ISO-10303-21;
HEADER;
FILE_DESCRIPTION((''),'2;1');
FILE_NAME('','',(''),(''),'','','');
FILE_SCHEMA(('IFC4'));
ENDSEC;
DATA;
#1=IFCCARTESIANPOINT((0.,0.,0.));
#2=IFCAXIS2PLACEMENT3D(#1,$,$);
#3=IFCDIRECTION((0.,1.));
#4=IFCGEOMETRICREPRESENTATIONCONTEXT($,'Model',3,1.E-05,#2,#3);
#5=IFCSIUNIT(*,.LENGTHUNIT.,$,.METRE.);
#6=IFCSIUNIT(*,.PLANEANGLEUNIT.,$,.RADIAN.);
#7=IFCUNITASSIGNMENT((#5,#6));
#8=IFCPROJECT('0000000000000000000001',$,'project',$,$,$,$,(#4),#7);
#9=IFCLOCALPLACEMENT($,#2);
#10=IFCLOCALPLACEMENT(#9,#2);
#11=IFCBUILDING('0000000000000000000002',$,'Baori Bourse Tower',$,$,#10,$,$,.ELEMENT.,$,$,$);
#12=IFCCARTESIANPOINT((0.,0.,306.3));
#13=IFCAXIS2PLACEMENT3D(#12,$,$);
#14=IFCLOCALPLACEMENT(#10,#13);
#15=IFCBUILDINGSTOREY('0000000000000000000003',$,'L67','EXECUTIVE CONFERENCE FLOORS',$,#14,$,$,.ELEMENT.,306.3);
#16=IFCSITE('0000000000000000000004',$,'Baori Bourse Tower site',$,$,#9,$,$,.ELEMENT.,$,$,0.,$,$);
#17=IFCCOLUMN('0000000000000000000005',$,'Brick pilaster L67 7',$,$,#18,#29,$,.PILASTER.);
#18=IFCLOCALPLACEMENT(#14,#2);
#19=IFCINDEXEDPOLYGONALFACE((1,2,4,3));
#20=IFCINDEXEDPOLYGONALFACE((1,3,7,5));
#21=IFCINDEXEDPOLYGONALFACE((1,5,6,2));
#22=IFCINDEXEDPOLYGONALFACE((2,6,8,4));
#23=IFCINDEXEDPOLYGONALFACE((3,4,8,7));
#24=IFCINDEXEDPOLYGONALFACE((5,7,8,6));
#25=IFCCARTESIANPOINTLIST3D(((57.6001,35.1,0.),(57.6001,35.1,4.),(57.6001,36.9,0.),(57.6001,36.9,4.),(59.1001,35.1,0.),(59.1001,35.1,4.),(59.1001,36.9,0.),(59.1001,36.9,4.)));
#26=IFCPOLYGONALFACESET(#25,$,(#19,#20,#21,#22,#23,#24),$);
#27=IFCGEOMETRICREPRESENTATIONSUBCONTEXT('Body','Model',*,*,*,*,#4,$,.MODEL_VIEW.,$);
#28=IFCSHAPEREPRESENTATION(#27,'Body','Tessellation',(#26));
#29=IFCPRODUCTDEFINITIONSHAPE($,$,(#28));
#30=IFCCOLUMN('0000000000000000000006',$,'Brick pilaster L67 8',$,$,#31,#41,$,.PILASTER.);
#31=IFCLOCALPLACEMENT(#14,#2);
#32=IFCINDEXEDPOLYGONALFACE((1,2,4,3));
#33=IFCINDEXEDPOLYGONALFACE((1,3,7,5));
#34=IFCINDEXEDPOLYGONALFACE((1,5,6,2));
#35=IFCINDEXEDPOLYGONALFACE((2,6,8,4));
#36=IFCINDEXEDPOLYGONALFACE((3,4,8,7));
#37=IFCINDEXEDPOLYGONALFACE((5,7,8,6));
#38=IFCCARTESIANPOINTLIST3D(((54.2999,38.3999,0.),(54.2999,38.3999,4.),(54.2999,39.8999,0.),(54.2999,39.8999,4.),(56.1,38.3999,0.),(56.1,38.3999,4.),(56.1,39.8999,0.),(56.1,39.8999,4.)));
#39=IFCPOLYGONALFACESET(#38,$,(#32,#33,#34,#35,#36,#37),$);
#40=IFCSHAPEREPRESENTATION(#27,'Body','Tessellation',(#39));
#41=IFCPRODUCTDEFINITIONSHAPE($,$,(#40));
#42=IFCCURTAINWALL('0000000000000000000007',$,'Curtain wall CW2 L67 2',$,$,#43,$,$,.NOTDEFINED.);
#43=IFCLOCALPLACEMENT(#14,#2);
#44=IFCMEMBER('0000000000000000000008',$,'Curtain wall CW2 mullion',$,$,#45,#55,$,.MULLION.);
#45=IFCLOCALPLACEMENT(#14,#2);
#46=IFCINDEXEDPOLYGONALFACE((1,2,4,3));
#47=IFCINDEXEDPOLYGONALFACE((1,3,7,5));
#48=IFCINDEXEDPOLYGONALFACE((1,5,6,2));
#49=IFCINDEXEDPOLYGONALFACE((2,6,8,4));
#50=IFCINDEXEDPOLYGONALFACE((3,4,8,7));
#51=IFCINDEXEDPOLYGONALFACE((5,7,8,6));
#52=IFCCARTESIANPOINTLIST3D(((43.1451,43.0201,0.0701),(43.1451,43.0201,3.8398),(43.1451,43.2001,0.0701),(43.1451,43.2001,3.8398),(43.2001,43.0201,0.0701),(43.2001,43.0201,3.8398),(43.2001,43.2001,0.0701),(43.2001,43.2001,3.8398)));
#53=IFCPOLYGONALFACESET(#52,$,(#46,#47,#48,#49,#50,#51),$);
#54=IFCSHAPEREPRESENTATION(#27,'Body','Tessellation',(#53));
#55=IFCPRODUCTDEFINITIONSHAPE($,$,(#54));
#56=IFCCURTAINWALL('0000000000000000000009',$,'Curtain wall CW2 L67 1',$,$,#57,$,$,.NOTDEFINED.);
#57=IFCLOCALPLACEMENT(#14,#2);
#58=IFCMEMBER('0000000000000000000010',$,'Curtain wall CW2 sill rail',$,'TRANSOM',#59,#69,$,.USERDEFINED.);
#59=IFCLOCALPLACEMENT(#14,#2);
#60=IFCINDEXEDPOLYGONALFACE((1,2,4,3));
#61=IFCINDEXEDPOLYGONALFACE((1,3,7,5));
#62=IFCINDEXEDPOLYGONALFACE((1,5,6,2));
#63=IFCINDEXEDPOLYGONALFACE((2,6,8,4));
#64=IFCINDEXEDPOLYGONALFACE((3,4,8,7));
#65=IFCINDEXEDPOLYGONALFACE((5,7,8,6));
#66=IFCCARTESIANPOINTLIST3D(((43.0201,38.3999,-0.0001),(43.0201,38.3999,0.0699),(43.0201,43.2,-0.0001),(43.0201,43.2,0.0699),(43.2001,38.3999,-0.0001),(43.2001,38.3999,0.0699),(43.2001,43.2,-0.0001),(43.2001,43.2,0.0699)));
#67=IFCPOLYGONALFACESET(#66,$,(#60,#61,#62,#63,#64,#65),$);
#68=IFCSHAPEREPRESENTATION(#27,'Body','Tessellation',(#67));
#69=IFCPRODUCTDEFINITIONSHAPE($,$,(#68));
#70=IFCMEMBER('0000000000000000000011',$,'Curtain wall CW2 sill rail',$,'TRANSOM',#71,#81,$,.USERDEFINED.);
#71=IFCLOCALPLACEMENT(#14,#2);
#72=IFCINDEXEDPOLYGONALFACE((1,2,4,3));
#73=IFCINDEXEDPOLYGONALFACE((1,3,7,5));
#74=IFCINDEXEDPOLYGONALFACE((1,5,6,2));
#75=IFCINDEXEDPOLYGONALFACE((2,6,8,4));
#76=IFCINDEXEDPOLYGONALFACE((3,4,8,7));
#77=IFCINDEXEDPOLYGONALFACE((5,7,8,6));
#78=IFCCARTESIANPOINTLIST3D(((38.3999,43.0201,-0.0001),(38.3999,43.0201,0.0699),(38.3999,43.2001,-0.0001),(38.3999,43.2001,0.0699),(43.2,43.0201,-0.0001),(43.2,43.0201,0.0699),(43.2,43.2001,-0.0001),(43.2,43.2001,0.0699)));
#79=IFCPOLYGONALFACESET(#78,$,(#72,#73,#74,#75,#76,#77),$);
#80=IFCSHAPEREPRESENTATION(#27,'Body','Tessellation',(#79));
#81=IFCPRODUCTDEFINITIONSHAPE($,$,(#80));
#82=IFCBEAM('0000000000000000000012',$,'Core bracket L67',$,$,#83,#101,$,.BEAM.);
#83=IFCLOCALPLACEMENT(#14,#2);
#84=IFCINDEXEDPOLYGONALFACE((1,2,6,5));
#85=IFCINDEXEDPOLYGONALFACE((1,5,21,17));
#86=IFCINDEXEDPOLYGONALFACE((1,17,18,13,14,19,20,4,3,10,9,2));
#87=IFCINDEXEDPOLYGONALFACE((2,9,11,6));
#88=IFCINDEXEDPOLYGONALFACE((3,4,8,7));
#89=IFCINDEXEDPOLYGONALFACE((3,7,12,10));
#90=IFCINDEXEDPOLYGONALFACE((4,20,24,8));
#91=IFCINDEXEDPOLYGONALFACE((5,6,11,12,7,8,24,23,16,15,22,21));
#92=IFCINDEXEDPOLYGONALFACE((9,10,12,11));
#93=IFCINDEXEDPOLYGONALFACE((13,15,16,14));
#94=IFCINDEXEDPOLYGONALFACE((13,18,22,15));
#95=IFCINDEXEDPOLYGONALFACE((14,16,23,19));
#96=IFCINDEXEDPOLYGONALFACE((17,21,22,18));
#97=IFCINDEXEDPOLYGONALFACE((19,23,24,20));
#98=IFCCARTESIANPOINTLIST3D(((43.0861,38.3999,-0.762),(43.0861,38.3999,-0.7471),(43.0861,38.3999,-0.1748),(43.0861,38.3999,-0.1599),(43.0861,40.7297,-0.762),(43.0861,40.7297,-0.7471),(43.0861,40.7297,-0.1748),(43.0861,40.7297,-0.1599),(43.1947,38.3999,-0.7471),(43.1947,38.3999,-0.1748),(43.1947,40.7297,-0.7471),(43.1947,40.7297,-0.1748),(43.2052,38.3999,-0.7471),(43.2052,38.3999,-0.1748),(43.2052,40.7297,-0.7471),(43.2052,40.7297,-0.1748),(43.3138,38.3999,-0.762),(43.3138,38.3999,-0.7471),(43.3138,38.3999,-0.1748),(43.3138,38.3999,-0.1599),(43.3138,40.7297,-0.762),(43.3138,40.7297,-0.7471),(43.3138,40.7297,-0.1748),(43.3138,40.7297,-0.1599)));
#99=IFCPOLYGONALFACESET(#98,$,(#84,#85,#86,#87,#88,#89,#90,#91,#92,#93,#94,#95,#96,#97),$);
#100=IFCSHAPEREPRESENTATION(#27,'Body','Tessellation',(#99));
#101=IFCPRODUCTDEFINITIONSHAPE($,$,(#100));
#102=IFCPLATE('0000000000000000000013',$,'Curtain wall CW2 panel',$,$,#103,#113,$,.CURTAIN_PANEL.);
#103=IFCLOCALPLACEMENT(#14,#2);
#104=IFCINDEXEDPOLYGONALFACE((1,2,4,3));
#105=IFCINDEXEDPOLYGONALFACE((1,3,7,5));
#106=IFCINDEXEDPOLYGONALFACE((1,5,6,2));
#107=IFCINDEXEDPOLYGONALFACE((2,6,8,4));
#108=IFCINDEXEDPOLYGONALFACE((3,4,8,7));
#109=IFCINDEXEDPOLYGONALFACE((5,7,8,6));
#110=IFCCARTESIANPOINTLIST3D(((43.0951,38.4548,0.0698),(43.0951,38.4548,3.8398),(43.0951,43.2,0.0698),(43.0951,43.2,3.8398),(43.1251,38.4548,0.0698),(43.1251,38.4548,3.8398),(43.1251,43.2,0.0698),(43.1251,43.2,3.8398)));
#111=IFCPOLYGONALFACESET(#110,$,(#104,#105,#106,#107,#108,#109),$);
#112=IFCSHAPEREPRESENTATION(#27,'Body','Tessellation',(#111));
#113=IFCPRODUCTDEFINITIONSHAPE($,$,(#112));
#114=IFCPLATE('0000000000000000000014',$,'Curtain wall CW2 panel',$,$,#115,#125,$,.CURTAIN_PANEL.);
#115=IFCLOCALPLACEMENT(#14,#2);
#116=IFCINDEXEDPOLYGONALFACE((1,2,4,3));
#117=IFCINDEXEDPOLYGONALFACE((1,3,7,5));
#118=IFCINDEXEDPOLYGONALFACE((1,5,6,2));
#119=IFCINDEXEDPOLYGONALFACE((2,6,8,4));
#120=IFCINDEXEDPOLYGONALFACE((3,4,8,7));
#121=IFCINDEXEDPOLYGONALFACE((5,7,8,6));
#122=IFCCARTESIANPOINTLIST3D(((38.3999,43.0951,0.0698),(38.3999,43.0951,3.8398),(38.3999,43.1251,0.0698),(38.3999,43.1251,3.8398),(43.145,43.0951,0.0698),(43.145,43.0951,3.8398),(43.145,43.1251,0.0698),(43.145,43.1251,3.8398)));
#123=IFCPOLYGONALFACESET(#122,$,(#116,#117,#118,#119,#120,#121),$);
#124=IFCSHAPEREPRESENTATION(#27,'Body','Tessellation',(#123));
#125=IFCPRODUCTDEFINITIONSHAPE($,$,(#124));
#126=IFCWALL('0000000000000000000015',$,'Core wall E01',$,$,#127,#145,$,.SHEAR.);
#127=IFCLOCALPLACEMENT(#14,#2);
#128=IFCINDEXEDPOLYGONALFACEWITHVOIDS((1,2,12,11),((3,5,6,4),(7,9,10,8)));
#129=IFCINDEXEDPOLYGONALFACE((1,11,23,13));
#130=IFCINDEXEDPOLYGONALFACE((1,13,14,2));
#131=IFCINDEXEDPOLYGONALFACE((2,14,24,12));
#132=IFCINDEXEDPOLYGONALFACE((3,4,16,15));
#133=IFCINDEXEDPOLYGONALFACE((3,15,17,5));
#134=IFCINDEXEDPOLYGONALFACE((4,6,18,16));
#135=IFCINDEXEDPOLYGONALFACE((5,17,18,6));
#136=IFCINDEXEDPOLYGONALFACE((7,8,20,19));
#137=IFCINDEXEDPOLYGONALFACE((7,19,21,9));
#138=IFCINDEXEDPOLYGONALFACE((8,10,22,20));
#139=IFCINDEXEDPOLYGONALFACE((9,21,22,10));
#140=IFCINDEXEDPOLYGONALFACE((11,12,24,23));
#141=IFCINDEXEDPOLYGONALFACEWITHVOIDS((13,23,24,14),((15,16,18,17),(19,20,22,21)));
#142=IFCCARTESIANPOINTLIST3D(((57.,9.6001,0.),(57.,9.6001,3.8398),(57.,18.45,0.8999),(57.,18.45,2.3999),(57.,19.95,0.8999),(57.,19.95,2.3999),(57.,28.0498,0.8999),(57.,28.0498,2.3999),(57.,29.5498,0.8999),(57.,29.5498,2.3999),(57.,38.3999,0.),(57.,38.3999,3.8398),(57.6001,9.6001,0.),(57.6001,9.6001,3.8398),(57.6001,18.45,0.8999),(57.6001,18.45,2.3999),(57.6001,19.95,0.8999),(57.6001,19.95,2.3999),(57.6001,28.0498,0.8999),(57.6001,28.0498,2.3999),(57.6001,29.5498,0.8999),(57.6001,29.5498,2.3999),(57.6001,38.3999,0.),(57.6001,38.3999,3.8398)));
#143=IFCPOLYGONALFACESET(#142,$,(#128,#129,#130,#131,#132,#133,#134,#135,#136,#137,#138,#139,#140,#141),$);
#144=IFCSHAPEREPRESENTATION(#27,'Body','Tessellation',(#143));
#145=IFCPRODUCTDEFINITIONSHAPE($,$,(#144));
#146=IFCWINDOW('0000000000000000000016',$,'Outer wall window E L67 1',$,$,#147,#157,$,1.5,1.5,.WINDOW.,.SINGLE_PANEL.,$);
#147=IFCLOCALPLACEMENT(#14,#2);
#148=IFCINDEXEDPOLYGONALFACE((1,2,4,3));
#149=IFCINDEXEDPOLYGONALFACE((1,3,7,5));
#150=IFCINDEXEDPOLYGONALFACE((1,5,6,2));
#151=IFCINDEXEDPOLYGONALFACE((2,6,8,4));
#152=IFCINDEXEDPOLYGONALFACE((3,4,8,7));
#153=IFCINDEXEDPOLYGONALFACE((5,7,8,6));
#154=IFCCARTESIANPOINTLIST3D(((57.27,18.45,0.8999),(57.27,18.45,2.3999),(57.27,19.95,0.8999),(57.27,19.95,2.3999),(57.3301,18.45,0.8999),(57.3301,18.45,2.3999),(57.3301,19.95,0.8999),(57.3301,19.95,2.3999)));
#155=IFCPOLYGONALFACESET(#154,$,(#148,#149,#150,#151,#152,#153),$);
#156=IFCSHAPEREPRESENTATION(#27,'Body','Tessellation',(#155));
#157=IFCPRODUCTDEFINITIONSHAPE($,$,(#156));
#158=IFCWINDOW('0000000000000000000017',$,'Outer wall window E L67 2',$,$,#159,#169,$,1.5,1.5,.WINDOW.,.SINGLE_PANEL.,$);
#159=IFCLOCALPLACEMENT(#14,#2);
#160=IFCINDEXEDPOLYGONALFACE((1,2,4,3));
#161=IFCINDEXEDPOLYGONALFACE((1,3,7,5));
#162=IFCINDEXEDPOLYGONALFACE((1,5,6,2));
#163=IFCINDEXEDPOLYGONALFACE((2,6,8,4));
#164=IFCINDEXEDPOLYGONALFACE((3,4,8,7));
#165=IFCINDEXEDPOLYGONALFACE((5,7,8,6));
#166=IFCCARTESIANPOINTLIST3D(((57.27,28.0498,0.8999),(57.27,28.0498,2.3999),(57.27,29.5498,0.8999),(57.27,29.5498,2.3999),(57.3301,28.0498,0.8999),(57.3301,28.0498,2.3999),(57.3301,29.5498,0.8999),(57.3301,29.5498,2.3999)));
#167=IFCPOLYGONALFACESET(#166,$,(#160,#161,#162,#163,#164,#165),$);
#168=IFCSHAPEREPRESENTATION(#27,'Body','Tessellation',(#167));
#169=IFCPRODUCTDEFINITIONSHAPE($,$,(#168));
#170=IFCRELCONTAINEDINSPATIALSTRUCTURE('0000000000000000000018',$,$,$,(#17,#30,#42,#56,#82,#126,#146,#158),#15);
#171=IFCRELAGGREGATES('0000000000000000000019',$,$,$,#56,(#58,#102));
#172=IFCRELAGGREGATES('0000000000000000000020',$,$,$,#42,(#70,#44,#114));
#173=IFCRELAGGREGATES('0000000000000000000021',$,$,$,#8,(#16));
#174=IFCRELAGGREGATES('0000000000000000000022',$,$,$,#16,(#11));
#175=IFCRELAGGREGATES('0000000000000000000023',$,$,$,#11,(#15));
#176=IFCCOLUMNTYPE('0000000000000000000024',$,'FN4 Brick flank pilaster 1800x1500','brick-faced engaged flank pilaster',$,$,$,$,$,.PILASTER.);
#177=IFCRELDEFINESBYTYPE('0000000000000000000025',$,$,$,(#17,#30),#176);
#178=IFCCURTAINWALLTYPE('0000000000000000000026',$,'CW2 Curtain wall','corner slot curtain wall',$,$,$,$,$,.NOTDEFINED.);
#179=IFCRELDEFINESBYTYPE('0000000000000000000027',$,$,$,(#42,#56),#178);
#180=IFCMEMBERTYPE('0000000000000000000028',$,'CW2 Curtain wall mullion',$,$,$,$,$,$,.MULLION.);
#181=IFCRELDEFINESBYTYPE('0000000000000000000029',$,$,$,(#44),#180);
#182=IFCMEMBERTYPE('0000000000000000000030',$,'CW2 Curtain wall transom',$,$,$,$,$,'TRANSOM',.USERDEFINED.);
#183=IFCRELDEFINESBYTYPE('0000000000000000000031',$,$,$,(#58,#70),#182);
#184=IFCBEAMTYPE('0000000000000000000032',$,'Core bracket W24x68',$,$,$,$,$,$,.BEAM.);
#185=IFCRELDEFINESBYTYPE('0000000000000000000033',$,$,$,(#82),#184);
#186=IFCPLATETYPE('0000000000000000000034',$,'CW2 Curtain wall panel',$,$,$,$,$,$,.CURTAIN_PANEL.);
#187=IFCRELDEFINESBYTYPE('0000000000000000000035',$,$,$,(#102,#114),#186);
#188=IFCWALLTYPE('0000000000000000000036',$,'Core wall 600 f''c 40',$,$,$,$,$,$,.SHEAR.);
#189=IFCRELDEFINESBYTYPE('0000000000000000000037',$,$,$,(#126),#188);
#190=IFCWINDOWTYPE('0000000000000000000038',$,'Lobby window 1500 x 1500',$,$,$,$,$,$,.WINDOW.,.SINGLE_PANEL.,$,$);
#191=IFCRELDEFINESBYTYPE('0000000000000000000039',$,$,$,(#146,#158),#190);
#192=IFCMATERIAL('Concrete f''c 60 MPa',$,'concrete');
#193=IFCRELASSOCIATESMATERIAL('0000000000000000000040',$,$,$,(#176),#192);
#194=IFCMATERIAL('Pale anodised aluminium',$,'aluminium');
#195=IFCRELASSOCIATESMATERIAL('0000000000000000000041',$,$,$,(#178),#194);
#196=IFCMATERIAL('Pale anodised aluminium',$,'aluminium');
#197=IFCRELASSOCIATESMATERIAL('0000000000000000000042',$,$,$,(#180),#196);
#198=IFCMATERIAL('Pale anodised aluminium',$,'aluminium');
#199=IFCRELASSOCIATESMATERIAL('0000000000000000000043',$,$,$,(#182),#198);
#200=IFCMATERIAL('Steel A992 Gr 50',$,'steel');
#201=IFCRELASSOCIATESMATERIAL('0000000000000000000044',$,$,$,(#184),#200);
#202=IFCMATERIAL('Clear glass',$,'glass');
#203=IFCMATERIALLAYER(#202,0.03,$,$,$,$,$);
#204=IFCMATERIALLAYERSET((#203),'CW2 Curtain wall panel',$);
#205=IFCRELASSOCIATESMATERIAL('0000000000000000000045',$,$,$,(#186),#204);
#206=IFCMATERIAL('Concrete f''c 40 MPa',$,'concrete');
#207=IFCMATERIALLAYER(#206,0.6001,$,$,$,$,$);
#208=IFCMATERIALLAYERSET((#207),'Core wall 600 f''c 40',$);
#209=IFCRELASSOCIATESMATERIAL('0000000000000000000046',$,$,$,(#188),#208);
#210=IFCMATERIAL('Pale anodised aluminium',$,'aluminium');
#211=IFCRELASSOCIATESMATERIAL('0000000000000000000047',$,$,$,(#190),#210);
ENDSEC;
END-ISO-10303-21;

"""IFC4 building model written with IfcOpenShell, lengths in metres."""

from ifc_helpers import new_model, si_unit, direction, frame, frame_2d, origin, origin_2d, place, context, subcontext, project, spatial, rectangle, i_section, extrude, material, layer, layer_set, material_profile, profile_set, type_object, element, fill, aggregate, save


model = new_model("IFC4")

# Units and contexts
model_context = context("Model", 3, precision=1e-05, world=origin(), true_north=direction((0.0, 1.0)))
body_context = subcontext(model_context, "Body", "Model", "MODEL_VIEW")
ifc_project = project(units=[si_unit("LENGTHUNIT", "METRE"), si_unit("PLANEANGLEUNIT", "RADIAN")], contexts=[model_context])

# Site, building, storey
site_placement = place(None, origin())
site = spatial("IfcSite", under=ifc_project, at=site_placement, Name="Baori Bourse Tower site", CompositionType="ELEMENT", RefElevation=0.0)
building_placement = place(site_placement, origin())
building = spatial("IfcBuilding", under=site, at=building_placement, Name="Baori Bourse Tower", CompositionType="ELEMENT")
storey_placement = place(building_placement, frame((0.0, 0.0, 306.3)))
storey = spatial("IfcBuildingStorey", under=building, at=storey_placement, Name="L67", Description="EXECUTIVE CONFERENCE FLOORS", CompositionType="ELEMENT", Elevation=306.3)

# Columns
ifc_material_1 = material(Name="Concrete f'c 60 MPa", Category="concrete")
ifc_material_profile_1 = material_profile(ifc_material_1, rectangle(XDim=1.8, YDim=1.5, at=origin_2d()), Name="RC 1800x1500")
ifc_profile_set_1 = profile_set([ifc_material_profile_1], Name="Concrete f'c 60 MPa")
column_type = type_object("IfcColumnType", Name="FN4 Brick flank pilaster 1800x1500", Description="brick-faced engaged flank pilaster", PredefinedType="PILASTER", material=ifc_profile_set_1)
for number, where, z_axis, x_axis, name in (
    (1, (58.3501, 36.0, 0.0), (0.0, 0.0, 1.0), (0.0, 1.0, 0.0), "Brick pilaster L67 7"),
    (2, (55.2, 39.1499, 0.0), (0.0, 0.0, 1.0), (1.0, 0.0, 0.0), "Brick pilaster L67 8"),
):
    element("IfcColumn", number, at=place(storey_placement, frame(where, z_axis=z_axis, x_axis=x_axis)), inside=storey, type_object=column_type, Name=name, PredefinedType="PILASTER", context=body_context, shape_type="SweptSolid", body=[
        extrude(rectangle(XDim=1.8, YDim=1.5, at=origin_2d()), origin(), (0.0, 0.0, 1.0), 4.0),
    ])

# Curtain walls, members
ifc_material_2 = material(Name="Pale anodised aluminium", Category="aluminium")
curtain_wall_type = type_object("IfcCurtainWallType", Name="CW2 Curtain wall", Description="corner slot curtain wall", PredefinedType="NOTDEFINED", material=ifc_material_2)
curtain_wall_1_placement = place(storey_placement, origin())
curtain_wall_1 = element("IfcCurtainWall", 3, at=curtain_wall_1_placement, inside=storey, type_object=curtain_wall_type, Name="Curtain wall CW2 L67 2", PredefinedType="NOTDEFINED")
ifc_material_3 = material(Name="Pale anodised aluminium", Category="aluminium")
ifc_material_profile_2 = material_profile(ifc_material_3, rectangle(XDim=0.1799, YDim=0.0549, at=origin_2d()), Name="Mullion 55x180")
ifc_profile_set_2 = profile_set([ifc_material_profile_2], Name="Pale anodised aluminium")
member_type_1 = type_object("IfcMemberType", Name="CW2 Curtain wall mullion", PredefinedType="MULLION", material=ifc_profile_set_2)
member_1_placement = place(storey_placement, frame((43.1726, 43.1101, 0.0701), z_axis=(0.0, 0.0, 1.0), x_axis=(0.0, -1.0, 0.0)))
member_1 = element("IfcMember", 4, at=member_1_placement, type_object=member_type_1, Name="Curtain wall CW2 mullion", PredefinedType="MULLION", context=body_context, shape_type="SweptSolid", body=[
    extrude(rectangle(XDim=0.1799, YDim=0.0549, at=origin_2d()), origin(), (0.0, 0.0, 1.0), 3.7698),
])
curtain_wall_2_placement = place(storey_placement, origin())
curtain_wall_2 = element("IfcCurtainWall", 5, at=curtain_wall_2_placement, inside=storey, type_object=curtain_wall_type, Name="Curtain wall CW2 L67 1", PredefinedType="NOTDEFINED")
ifc_material_4 = material(Name="Pale anodised aluminium", Category="aluminium")
ifc_material_profile_3 = material_profile(ifc_material_4, rectangle(XDim=0.1799, YDim=0.0701, at=origin_2d()), Name="Transom 70x180")
ifc_profile_set_3 = profile_set([ifc_material_profile_3], Name="Pale anodised aluminium")
member_type_2 = type_object("IfcMemberType", Name="CW2 Curtain wall transom", ElementType="TRANSOM", PredefinedType="USERDEFINED", material=ifc_profile_set_3)
member_2_placement = place(storey_placement, frame((43.1101, 38.3999, 0.0349), z_axis=(0.0, 1.0, 0.0), x_axis=(-1.0, 0.0, 0.0)))
member_2 = element("IfcMember", 6, at=member_2_placement, type_object=member_type_2, Name="Curtain wall CW2 sill rail", ObjectType="TRANSOM", PredefinedType="USERDEFINED", context=body_context, shape_type="SweptSolid", body=[
    extrude(rectangle(XDim=0.1799, YDim=0.0701, at=origin_2d()), origin(), (0.0, 0.0, 1.0), 4.8),
])

# Member
member_3_placement = place(storey_placement, frame((43.2, 43.1101, 0.0349), z_axis=(-1.0, 0.0, 0.0), x_axis=(0.0, -1.0, 0.0)))
member_3 = element("IfcMember", 7, at=member_3_placement, type_object=member_type_2, Name="Curtain wall CW2 sill rail", ObjectType="TRANSOM", PredefinedType="USERDEFINED", context=body_context, shape_type="SweptSolid", body=[
    extrude(rectangle(XDim=0.1799, YDim=0.0701, at=origin_2d()), origin(), (0.0, 0.0, 1.0), 4.8),
])

# Beam
ifc_material_5 = material(Name="Steel A992 Gr 50", Category="steel")
ifc_material_profile_4 = material_profile(ifc_material_5, i_section(OverallWidth=0.2278, OverallDepth=0.6021, WebThickness=0.0105, FlangeThickness=0.0149, at=origin_2d()), Name="W24x68")
ifc_profile_set_4 = profile_set([ifc_material_profile_4], Name="Steel A992 Gr 50")
beam_type = type_object("IfcBeamType", Name="Core bracket W24x68", PredefinedType="BEAM", material=ifc_profile_set_4)
beam_placement = place(storey_placement, frame((43.2, 38.3999, -0.4609), z_axis=(0.0, 1.0, 0.0), x_axis=(-1.0, 0.0, 0.0)))
element("IfcBeam", 8, at=beam_placement, inside=storey, type_object=beam_type, Name="Core bracket L67", PredefinedType="BEAM", context=body_context, shape_type="SweptSolid", body=[
    extrude(i_section(OverallWidth=0.2278, OverallDepth=0.6021, WebThickness=0.0105, FlangeThickness=0.0149, at=origin_2d()), origin(), (0.0, 0.0, 1.0), 2.3298),
])

# Plates
ifc_material_6 = material(Name="Clear glass", Category="glass")
ifc_layer_1 = layer(ifc_material_6, 0.03)
ifc_layer_set_1 = layer_set([ifc_layer_1], Name="CW2 Curtain wall panel")
plate_type = type_object("IfcPlateType", Name="CW2 Curtain wall panel", PredefinedType="CURTAIN_PANEL", material=ifc_layer_set_1)
plate_1_placement = place(storey_placement, frame((43.1101, 40.8274, 0.0698), z_axis=(0.0, 0.0, 1.0), x_axis=(0.0, 1.0, 0.0)))
plate_1 = element("IfcPlate", 9, at=plate_1_placement, type_object=plate_type, Name="Curtain wall CW2 panel", PredefinedType="CURTAIN_PANEL", context=body_context, shape_type="SweptSolid", body=[
    extrude(rectangle(XDim=4.7451, YDim=0.03, at=origin_2d()), origin(), (0.0, 0.0, 1.0), 3.77),
])
aggregate(curtain_wall_2, [member_2, plate_1])
plate_2_placement = place(storey_placement, frame((40.7725, 43.1101, 0.0698), z_axis=(0.0, 0.0, 1.0), x_axis=(-1.0, 0.0, 0.0)))
plate_2 = element("IfcPlate", 10, at=plate_2_placement, type_object=plate_type, Name="Curtain wall CW2 panel", PredefinedType="CURTAIN_PANEL", context=body_context, shape_type="SweptSolid", body=[
    extrude(rectangle(XDim=4.7451, YDim=0.03, at=origin_2d()), origin(), (0.0, 0.0, 1.0), 3.77),
])
aggregate(curtain_wall_1, [member_3, member_1, plate_2])

# Wall, openings, windows
ifc_material_7 = material(Name="Concrete f'c 40 MPa", Category="concrete")
ifc_layer_2 = layer(ifc_material_7, 0.6001)
ifc_layer_set_2 = layer_set([ifc_layer_2], Name="Core wall 600 f'c 40")
wall_type_1 = type_object("IfcWallType", Name="Core wall 600 f'c 40", PredefinedType="SHEAR", material=ifc_layer_set_2)
wall_1_placement = place(storey_placement, frame((57.3, 38.3999, 0.0), z_axis=(0.0, 0.0, 1.0), x_axis=(0.0, -1.0, 0.0)))
wall_1 = element("IfcWall", 11, at=wall_1_placement, inside=storey, type_object=wall_type_1, Name="Core wall E01", PredefinedType="SHEAR", context=body_context, shape_type="SweptSolid", body=[
    extrude(rectangle(XDim=28.7998, YDim=0.6001, at=frame_2d((14.3999, 0.0))), origin(), (0.0, 0.0, 1.0), 3.8398),
])
opening_1_placement = place(wall_1_placement, frame((18.45, 0.0, 0.8999)))
opening_1 = element("IfcOpeningElement", 12, at=opening_1_placement, cuts=wall_1, PredefinedType="OPENING", context=body_context, shape_type="SweptSolid", body=[
    extrude(rectangle(XDim=1.5, YDim=1.5, at=frame_2d((0.75, 0.75))), frame((0.0, 0.3101, 0.0), z_axis=(0.0, -1.0, 0.0), x_axis=(1.0, 0.0, 0.0)), (0.0, 0.0, 1.0), 0.6201),
])
opening_2_placement = place(wall_1_placement, frame((8.8501, 0.0, 0.8999)))
opening_2 = element("IfcOpeningElement", 13, at=opening_2_placement, cuts=wall_1, PredefinedType="OPENING", context=body_context, shape_type="SweptSolid", body=[
    extrude(rectangle(XDim=1.5, YDim=1.5, at=frame_2d((0.75, 0.75))), frame((0.0, 0.3101, 0.0), z_axis=(0.0, -1.0, 0.0), x_axis=(1.0, 0.0, 0.0)), (0.0, 0.0, 1.0), 0.6201),
])
ifc_material_8 = material(Name="Pale anodised aluminium", Category="aluminium")
window_type_1 = type_object("IfcWindowType", Name="Lobby window 1500 x 1500", PartitioningType="SINGLE_PANEL", PredefinedType="WINDOW", material=ifc_material_8)
window_1_placement = place(opening_1_placement, origin())
window_1 = element("IfcWindow", 14, at=window_1_placement, inside=storey, type_object=window_type_1, Name="Outer wall window E L67 1", OverallHeight=1.5, OverallWidth=1.5, PartitioningType="SINGLE_PANEL", PredefinedType="WINDOW", context=body_context, shape_type="SweptSolid", body=[
    extrude(rectangle(XDim=1.5, YDim=1.5, at=frame_2d((0.75, 0.75))), frame((0.0, 0.03, 0.0), z_axis=(0.0, -1.0, 0.0), x_axis=(1.0, 0.0, 0.0)), (0.0, 0.0, 1.0), 0.0601),
])
fill(opening_1, window_1)
window_2_placement = place(opening_2_placement, origin())
window_2 = element("IfcWindow", 15, at=window_2_placement, inside=storey, type_object=window_type_1, Name="Outer wall window E L67 2", OverallHeight=1.5, OverallWidth=1.5, PartitioningType="SINGLE_PANEL", PredefinedType="WINDOW", context=body_context, shape_type="SweptSolid", body=[
    extrude(rectangle(XDim=1.5, YDim=1.5, at=frame_2d((0.75, 0.75))), frame((0.0, 0.03, 0.0), z_axis=(0.0, -1.0, 0.0), x_axis=(1.0, 0.0, 0.0)), (0.0, 0.0, 1.0), 0.0601),
])
fill(opening_2, window_2)

save(model, "model.ifc")
